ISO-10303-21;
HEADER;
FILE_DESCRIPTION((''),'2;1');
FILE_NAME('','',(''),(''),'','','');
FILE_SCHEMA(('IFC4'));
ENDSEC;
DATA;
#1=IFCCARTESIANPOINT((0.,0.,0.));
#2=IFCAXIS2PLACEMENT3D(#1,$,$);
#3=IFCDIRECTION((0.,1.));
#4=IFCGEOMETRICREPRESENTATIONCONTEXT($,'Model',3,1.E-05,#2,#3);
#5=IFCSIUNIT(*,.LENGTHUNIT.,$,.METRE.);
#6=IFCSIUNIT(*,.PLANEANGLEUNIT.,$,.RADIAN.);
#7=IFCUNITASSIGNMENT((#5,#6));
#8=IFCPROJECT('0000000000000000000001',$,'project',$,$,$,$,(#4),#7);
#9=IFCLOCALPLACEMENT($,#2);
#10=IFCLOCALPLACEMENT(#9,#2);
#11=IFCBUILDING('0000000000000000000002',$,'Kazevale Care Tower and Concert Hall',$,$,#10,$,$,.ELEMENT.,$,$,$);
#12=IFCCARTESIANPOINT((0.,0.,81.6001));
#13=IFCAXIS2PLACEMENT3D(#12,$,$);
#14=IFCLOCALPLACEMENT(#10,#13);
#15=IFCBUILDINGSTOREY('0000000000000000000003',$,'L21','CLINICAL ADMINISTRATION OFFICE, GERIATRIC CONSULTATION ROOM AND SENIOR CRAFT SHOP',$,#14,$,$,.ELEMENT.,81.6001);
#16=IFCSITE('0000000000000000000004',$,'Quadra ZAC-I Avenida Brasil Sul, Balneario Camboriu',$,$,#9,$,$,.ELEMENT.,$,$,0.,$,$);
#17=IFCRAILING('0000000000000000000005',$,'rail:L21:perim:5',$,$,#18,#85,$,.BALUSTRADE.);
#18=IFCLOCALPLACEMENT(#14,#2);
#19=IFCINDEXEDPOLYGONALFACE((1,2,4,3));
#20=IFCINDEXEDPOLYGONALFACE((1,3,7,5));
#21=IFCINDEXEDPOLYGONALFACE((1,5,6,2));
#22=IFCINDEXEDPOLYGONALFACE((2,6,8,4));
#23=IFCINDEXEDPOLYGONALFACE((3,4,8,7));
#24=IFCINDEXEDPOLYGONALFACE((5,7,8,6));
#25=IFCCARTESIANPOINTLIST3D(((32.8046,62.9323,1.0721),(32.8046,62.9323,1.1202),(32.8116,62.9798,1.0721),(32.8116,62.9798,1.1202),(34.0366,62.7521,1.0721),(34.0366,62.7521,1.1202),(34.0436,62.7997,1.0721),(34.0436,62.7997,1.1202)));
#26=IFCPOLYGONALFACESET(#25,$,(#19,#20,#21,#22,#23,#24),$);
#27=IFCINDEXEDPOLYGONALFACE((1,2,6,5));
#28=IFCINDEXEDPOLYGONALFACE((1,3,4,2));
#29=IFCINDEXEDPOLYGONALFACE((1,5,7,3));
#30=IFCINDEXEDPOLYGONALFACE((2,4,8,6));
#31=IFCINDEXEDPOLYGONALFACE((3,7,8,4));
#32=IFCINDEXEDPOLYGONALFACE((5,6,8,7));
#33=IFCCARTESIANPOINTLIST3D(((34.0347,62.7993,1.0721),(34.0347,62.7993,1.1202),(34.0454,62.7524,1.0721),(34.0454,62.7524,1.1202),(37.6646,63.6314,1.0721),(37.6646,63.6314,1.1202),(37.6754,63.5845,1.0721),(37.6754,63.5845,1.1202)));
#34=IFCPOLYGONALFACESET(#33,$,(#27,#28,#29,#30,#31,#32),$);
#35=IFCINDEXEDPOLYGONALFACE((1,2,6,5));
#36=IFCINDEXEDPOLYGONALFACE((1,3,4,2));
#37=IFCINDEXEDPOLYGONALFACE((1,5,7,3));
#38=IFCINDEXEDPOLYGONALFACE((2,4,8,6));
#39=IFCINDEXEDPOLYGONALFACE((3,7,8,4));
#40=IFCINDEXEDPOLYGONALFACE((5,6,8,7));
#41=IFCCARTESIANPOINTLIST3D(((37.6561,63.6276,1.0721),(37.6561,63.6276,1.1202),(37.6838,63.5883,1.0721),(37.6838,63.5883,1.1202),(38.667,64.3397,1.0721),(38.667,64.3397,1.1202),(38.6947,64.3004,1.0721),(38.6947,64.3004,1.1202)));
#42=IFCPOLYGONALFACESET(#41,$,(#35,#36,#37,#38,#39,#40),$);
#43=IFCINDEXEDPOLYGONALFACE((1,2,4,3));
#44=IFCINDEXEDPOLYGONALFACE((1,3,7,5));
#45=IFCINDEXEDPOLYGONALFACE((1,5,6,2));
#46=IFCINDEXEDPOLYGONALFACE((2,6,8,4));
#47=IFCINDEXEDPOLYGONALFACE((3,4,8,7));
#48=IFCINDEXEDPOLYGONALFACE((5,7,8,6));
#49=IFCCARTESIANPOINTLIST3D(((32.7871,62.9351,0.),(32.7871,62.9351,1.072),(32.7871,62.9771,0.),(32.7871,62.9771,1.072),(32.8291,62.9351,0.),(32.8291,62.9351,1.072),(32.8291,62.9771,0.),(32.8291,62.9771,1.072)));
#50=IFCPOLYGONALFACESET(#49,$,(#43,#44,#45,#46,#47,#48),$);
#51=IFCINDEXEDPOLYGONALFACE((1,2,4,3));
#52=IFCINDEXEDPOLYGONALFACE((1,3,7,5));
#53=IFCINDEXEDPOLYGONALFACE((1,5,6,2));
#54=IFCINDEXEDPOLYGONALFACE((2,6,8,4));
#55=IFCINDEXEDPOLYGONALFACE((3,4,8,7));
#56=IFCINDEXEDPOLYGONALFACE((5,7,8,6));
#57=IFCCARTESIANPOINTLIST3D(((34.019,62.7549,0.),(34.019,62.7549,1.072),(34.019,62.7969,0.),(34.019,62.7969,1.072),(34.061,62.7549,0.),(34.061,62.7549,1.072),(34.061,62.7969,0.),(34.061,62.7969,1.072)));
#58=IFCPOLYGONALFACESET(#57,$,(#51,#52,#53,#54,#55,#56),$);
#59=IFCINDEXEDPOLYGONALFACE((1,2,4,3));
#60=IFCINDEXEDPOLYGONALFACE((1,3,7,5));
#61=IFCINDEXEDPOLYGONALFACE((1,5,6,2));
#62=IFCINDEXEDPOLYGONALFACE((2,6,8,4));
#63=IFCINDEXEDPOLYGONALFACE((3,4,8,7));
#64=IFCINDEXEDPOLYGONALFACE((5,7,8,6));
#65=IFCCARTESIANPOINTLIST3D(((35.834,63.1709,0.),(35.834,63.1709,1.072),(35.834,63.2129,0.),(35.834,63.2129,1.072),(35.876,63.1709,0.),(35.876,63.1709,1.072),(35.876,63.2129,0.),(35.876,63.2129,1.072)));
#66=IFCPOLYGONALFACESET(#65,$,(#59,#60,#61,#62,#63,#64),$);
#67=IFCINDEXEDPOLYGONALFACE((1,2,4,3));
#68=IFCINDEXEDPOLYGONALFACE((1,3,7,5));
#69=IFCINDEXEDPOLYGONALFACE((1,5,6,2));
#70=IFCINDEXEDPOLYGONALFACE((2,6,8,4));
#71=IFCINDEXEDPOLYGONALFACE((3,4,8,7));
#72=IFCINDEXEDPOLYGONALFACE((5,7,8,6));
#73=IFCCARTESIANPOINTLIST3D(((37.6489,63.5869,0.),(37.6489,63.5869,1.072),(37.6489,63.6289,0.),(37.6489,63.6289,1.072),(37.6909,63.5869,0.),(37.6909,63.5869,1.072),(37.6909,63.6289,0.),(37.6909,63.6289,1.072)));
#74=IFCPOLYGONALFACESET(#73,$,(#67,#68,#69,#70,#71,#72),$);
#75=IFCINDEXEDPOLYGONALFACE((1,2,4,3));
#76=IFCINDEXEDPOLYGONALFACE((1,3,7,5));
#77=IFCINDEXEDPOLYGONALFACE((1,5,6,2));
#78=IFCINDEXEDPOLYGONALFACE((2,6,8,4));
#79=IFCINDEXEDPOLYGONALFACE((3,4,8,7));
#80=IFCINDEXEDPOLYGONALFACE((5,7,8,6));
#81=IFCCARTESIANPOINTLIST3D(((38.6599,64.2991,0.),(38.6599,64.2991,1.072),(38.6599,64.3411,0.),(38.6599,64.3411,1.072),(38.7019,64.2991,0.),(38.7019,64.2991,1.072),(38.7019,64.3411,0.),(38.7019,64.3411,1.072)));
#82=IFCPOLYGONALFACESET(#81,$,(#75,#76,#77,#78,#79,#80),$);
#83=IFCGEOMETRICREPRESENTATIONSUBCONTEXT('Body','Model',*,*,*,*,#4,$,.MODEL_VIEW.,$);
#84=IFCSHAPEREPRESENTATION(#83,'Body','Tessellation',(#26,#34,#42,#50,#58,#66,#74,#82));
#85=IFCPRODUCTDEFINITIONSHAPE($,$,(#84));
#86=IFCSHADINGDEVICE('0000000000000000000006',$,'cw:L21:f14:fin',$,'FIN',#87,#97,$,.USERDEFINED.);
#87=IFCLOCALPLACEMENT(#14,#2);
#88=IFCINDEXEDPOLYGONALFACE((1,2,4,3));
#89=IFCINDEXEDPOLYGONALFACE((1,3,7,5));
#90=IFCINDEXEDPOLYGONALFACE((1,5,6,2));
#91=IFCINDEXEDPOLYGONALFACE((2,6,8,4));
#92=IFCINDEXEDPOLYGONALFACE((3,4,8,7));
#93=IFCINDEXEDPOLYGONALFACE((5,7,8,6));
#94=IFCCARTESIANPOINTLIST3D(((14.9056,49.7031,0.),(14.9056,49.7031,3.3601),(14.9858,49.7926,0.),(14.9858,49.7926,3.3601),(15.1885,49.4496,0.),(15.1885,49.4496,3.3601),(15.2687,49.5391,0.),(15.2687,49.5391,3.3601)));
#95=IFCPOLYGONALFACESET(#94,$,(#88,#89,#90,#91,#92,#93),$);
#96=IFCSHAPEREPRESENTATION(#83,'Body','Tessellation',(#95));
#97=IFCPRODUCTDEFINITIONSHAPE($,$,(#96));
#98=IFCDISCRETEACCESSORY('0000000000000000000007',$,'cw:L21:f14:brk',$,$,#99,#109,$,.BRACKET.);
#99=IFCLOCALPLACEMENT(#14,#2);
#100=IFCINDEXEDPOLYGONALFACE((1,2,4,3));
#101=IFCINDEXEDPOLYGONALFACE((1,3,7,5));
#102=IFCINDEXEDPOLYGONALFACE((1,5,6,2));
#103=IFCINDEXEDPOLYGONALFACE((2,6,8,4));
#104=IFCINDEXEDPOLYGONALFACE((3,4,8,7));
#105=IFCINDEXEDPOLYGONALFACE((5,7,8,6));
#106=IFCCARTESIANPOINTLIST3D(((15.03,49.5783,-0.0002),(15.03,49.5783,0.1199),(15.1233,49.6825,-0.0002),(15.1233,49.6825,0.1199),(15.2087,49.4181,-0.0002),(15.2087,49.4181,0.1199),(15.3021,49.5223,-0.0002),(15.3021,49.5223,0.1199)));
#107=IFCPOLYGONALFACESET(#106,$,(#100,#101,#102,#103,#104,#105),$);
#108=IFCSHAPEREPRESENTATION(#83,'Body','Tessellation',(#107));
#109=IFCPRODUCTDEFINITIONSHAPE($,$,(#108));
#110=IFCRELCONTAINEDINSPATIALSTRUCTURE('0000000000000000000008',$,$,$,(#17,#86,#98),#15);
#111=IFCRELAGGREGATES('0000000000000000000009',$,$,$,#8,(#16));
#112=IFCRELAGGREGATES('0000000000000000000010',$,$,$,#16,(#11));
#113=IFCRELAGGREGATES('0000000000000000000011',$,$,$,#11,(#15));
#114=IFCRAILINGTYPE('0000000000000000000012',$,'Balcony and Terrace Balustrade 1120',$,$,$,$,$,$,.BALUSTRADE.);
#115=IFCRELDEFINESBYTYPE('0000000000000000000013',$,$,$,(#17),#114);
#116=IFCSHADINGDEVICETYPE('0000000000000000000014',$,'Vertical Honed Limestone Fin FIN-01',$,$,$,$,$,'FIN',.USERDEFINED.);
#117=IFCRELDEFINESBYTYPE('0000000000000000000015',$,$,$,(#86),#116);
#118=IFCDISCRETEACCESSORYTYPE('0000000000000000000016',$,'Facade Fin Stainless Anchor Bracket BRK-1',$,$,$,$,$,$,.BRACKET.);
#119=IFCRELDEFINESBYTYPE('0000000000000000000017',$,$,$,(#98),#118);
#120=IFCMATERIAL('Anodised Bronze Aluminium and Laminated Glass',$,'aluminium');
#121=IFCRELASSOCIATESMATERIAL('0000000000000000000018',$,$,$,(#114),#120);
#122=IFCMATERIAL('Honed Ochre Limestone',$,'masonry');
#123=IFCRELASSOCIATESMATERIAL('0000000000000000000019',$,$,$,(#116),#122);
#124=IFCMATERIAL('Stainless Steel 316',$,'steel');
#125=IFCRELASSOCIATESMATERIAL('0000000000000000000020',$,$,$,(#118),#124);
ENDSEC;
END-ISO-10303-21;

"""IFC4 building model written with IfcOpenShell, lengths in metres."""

from ifc_helpers import new_model, si_unit, direction, frame, origin, origin_2d, place, context, subcontext, project, spatial, rectangle, extrude, material, type_object, element, save


model = new_model("IFC4")

# Units and contexts
model_context = context("Model", 3, precision=1e-05, world=origin(), true_north=direction((0.0, 1.0)))
body_context = subcontext(model_context, "Body", "Model", "MODEL_VIEW")
ifc_project = project(units=[si_unit("LENGTHUNIT", "METRE"), si_unit("PLANEANGLEUNIT", "RADIAN")], contexts=[model_context])

# Site, building, storey
site_placement = place(None, origin())
site = spatial("IfcSite", under=ifc_project, at=site_placement, Name="Quadra ZAC-I Avenida Brasil Sul, Balneario Camboriu", CompositionType="ELEMENT", RefElevation=0.0)
building_placement = place(site_placement, origin())
building = spatial("IfcBuilding", under=site, at=building_placement, Name="Kazevale Care Tower and Concert Hall", CompositionType="ELEMENT")
storey_placement = place(building_placement, frame((0.0, 0.0, 81.6001)))
storey = spatial("IfcBuildingStorey", under=building, at=storey_placement, Name="L21", Description="CLINICAL ADMINISTRATION OFFICE, GERIATRIC CONSULTATION ROOM AND SENIOR CRAFT SHOP", CompositionType="ELEMENT", Elevation=81.6001)

# Railing
ifc_material_1 = material(Name="Anodised Bronze Aluminium and Laminated Glass", Category="aluminium")
railing_type = type_object("IfcRailingType", Name="Balcony and Terrace Balustrade 1120", PredefinedType="BALUSTRADE", material=ifc_material_1)
railing_1_placement = place(storey_placement, frame((32.8081, 62.9561, 0.0)))
element("IfcRailing", 1, at=railing_1_placement, inside=storey, type_object=railing_type, Name="rail:L21:perim:5", PredefinedType="BALUSTRADE", context=body_context, shape_type="SweptSolid", body=[
    extrude(rectangle(XDim=0.0481, YDim=0.0481, at=origin_2d()), frame((0.0, 0.0, 1.0962), z_axis=(0.989473, -0.144715, 0.0), x_axis=(0.144715, 0.989473, 0.0)), (0.0, 0.0, 1.0), 1.2451),
    extrude(rectangle(XDim=0.0481, YDim=0.0481, at=origin_2d()), frame((1.2319, -0.1802, 1.0962), z_axis=(0.974722, 0.223423, 0.0), x_axis=(-0.223423, 0.974722, 0.0)), (0.0, 0.0, 1.0), 3.7241),
    extrude(rectangle(XDim=0.0481, YDim=0.0481, at=origin_2d()), frame((4.8618, 0.6519, 1.0962), z_axis=(0.817531, 0.575885, 0.0), x_axis=(-0.575885, 0.817531, 0.0)), (0.0, 0.0, 1.0), 1.2366),
    extrude(rectangle(XDim=0.042, YDim=0.042, at=origin_2d()), origin(), (0.0, 0.0, 1.0), 1.072),
    extrude(rectangle(XDim=0.042, YDim=0.042, at=origin_2d()), frame((1.2319, -0.1802, 0.0)), (0.0, 0.0, 1.0), 1.072),
    extrude(rectangle(XDim=0.042, YDim=0.042, at=origin_2d()), frame((3.0469, 0.2358, 0.0)), (0.0, 0.0, 1.0), 1.072),
    extrude(rectangle(XDim=0.042, YDim=0.042, at=origin_2d()), frame((4.8618, 0.6519, 0.0)), (0.0, 0.0, 1.0), 1.072),
    extrude(rectangle(XDim=0.042, YDim=0.042, at=origin_2d()), frame((5.8728, 1.364, 0.0)), (0.0, 0.0, 1.0), 1.072),
])

# Shading device
ifc_material_2 = material(Name="Honed Ochre Limestone", Category="masonry")
shading_device_type = type_object("IfcShadingDeviceType", Name="Vertical Honed Limestone Fin FIN-01", ElementType="FIN", PredefinedType="USERDEFINED", material=ifc_material_2)
shading_device_placement = place(storey_placement, frame((15.0872, 49.6211, 0.0), z_axis=(0.0, 0.0, 1.0), x_axis=(-0.744778, 0.667313, 0.0)))
element("IfcShadingDevice", 2, at=shading_device_placement, inside=storey, type_object=shading_device_type, Name="cw:L21:f14:fin", ObjectType="FIN", PredefinedType="USERDEFINED", context=body_context, shape_type="SweptSolid", body=[
    extrude(rectangle(XDim=0.3799, YDim=0.1201, at=origin_2d()), origin(), (0.0, 0.0, 1.0), 3.3601),
])

# Discrete accessory
ifc_material_3 = material(Name="Stainless Steel 316", Category="steel")
discrete_accessory_type = type_object("IfcDiscreteAccessoryType", Name="Facade Fin Stainless Anchor Bracket BRK-1", PredefinedType="BRACKET", material=ifc_material_3)
discrete_accessory_placement = place(storey_placement, frame((15.166, 49.5503, -0.0002), z_axis=(0.0, 0.0, 1.0), x_axis=(-0.744778, 0.667313, 0.0)))
element("IfcDiscreteAccessory", 3, at=discrete_accessory_placement, inside=storey, type_object=discrete_accessory_type, Name="cw:L21:f14:brk", PredefinedType="BRACKET", context=body_context, shape_type="SweptSolid", body=[
    extrude(rectangle(XDim=0.24, YDim=0.1399, at=origin_2d()), origin(), (0.0, 0.0, 1.0), 0.1201),
])

save(model, "model.ifc")
